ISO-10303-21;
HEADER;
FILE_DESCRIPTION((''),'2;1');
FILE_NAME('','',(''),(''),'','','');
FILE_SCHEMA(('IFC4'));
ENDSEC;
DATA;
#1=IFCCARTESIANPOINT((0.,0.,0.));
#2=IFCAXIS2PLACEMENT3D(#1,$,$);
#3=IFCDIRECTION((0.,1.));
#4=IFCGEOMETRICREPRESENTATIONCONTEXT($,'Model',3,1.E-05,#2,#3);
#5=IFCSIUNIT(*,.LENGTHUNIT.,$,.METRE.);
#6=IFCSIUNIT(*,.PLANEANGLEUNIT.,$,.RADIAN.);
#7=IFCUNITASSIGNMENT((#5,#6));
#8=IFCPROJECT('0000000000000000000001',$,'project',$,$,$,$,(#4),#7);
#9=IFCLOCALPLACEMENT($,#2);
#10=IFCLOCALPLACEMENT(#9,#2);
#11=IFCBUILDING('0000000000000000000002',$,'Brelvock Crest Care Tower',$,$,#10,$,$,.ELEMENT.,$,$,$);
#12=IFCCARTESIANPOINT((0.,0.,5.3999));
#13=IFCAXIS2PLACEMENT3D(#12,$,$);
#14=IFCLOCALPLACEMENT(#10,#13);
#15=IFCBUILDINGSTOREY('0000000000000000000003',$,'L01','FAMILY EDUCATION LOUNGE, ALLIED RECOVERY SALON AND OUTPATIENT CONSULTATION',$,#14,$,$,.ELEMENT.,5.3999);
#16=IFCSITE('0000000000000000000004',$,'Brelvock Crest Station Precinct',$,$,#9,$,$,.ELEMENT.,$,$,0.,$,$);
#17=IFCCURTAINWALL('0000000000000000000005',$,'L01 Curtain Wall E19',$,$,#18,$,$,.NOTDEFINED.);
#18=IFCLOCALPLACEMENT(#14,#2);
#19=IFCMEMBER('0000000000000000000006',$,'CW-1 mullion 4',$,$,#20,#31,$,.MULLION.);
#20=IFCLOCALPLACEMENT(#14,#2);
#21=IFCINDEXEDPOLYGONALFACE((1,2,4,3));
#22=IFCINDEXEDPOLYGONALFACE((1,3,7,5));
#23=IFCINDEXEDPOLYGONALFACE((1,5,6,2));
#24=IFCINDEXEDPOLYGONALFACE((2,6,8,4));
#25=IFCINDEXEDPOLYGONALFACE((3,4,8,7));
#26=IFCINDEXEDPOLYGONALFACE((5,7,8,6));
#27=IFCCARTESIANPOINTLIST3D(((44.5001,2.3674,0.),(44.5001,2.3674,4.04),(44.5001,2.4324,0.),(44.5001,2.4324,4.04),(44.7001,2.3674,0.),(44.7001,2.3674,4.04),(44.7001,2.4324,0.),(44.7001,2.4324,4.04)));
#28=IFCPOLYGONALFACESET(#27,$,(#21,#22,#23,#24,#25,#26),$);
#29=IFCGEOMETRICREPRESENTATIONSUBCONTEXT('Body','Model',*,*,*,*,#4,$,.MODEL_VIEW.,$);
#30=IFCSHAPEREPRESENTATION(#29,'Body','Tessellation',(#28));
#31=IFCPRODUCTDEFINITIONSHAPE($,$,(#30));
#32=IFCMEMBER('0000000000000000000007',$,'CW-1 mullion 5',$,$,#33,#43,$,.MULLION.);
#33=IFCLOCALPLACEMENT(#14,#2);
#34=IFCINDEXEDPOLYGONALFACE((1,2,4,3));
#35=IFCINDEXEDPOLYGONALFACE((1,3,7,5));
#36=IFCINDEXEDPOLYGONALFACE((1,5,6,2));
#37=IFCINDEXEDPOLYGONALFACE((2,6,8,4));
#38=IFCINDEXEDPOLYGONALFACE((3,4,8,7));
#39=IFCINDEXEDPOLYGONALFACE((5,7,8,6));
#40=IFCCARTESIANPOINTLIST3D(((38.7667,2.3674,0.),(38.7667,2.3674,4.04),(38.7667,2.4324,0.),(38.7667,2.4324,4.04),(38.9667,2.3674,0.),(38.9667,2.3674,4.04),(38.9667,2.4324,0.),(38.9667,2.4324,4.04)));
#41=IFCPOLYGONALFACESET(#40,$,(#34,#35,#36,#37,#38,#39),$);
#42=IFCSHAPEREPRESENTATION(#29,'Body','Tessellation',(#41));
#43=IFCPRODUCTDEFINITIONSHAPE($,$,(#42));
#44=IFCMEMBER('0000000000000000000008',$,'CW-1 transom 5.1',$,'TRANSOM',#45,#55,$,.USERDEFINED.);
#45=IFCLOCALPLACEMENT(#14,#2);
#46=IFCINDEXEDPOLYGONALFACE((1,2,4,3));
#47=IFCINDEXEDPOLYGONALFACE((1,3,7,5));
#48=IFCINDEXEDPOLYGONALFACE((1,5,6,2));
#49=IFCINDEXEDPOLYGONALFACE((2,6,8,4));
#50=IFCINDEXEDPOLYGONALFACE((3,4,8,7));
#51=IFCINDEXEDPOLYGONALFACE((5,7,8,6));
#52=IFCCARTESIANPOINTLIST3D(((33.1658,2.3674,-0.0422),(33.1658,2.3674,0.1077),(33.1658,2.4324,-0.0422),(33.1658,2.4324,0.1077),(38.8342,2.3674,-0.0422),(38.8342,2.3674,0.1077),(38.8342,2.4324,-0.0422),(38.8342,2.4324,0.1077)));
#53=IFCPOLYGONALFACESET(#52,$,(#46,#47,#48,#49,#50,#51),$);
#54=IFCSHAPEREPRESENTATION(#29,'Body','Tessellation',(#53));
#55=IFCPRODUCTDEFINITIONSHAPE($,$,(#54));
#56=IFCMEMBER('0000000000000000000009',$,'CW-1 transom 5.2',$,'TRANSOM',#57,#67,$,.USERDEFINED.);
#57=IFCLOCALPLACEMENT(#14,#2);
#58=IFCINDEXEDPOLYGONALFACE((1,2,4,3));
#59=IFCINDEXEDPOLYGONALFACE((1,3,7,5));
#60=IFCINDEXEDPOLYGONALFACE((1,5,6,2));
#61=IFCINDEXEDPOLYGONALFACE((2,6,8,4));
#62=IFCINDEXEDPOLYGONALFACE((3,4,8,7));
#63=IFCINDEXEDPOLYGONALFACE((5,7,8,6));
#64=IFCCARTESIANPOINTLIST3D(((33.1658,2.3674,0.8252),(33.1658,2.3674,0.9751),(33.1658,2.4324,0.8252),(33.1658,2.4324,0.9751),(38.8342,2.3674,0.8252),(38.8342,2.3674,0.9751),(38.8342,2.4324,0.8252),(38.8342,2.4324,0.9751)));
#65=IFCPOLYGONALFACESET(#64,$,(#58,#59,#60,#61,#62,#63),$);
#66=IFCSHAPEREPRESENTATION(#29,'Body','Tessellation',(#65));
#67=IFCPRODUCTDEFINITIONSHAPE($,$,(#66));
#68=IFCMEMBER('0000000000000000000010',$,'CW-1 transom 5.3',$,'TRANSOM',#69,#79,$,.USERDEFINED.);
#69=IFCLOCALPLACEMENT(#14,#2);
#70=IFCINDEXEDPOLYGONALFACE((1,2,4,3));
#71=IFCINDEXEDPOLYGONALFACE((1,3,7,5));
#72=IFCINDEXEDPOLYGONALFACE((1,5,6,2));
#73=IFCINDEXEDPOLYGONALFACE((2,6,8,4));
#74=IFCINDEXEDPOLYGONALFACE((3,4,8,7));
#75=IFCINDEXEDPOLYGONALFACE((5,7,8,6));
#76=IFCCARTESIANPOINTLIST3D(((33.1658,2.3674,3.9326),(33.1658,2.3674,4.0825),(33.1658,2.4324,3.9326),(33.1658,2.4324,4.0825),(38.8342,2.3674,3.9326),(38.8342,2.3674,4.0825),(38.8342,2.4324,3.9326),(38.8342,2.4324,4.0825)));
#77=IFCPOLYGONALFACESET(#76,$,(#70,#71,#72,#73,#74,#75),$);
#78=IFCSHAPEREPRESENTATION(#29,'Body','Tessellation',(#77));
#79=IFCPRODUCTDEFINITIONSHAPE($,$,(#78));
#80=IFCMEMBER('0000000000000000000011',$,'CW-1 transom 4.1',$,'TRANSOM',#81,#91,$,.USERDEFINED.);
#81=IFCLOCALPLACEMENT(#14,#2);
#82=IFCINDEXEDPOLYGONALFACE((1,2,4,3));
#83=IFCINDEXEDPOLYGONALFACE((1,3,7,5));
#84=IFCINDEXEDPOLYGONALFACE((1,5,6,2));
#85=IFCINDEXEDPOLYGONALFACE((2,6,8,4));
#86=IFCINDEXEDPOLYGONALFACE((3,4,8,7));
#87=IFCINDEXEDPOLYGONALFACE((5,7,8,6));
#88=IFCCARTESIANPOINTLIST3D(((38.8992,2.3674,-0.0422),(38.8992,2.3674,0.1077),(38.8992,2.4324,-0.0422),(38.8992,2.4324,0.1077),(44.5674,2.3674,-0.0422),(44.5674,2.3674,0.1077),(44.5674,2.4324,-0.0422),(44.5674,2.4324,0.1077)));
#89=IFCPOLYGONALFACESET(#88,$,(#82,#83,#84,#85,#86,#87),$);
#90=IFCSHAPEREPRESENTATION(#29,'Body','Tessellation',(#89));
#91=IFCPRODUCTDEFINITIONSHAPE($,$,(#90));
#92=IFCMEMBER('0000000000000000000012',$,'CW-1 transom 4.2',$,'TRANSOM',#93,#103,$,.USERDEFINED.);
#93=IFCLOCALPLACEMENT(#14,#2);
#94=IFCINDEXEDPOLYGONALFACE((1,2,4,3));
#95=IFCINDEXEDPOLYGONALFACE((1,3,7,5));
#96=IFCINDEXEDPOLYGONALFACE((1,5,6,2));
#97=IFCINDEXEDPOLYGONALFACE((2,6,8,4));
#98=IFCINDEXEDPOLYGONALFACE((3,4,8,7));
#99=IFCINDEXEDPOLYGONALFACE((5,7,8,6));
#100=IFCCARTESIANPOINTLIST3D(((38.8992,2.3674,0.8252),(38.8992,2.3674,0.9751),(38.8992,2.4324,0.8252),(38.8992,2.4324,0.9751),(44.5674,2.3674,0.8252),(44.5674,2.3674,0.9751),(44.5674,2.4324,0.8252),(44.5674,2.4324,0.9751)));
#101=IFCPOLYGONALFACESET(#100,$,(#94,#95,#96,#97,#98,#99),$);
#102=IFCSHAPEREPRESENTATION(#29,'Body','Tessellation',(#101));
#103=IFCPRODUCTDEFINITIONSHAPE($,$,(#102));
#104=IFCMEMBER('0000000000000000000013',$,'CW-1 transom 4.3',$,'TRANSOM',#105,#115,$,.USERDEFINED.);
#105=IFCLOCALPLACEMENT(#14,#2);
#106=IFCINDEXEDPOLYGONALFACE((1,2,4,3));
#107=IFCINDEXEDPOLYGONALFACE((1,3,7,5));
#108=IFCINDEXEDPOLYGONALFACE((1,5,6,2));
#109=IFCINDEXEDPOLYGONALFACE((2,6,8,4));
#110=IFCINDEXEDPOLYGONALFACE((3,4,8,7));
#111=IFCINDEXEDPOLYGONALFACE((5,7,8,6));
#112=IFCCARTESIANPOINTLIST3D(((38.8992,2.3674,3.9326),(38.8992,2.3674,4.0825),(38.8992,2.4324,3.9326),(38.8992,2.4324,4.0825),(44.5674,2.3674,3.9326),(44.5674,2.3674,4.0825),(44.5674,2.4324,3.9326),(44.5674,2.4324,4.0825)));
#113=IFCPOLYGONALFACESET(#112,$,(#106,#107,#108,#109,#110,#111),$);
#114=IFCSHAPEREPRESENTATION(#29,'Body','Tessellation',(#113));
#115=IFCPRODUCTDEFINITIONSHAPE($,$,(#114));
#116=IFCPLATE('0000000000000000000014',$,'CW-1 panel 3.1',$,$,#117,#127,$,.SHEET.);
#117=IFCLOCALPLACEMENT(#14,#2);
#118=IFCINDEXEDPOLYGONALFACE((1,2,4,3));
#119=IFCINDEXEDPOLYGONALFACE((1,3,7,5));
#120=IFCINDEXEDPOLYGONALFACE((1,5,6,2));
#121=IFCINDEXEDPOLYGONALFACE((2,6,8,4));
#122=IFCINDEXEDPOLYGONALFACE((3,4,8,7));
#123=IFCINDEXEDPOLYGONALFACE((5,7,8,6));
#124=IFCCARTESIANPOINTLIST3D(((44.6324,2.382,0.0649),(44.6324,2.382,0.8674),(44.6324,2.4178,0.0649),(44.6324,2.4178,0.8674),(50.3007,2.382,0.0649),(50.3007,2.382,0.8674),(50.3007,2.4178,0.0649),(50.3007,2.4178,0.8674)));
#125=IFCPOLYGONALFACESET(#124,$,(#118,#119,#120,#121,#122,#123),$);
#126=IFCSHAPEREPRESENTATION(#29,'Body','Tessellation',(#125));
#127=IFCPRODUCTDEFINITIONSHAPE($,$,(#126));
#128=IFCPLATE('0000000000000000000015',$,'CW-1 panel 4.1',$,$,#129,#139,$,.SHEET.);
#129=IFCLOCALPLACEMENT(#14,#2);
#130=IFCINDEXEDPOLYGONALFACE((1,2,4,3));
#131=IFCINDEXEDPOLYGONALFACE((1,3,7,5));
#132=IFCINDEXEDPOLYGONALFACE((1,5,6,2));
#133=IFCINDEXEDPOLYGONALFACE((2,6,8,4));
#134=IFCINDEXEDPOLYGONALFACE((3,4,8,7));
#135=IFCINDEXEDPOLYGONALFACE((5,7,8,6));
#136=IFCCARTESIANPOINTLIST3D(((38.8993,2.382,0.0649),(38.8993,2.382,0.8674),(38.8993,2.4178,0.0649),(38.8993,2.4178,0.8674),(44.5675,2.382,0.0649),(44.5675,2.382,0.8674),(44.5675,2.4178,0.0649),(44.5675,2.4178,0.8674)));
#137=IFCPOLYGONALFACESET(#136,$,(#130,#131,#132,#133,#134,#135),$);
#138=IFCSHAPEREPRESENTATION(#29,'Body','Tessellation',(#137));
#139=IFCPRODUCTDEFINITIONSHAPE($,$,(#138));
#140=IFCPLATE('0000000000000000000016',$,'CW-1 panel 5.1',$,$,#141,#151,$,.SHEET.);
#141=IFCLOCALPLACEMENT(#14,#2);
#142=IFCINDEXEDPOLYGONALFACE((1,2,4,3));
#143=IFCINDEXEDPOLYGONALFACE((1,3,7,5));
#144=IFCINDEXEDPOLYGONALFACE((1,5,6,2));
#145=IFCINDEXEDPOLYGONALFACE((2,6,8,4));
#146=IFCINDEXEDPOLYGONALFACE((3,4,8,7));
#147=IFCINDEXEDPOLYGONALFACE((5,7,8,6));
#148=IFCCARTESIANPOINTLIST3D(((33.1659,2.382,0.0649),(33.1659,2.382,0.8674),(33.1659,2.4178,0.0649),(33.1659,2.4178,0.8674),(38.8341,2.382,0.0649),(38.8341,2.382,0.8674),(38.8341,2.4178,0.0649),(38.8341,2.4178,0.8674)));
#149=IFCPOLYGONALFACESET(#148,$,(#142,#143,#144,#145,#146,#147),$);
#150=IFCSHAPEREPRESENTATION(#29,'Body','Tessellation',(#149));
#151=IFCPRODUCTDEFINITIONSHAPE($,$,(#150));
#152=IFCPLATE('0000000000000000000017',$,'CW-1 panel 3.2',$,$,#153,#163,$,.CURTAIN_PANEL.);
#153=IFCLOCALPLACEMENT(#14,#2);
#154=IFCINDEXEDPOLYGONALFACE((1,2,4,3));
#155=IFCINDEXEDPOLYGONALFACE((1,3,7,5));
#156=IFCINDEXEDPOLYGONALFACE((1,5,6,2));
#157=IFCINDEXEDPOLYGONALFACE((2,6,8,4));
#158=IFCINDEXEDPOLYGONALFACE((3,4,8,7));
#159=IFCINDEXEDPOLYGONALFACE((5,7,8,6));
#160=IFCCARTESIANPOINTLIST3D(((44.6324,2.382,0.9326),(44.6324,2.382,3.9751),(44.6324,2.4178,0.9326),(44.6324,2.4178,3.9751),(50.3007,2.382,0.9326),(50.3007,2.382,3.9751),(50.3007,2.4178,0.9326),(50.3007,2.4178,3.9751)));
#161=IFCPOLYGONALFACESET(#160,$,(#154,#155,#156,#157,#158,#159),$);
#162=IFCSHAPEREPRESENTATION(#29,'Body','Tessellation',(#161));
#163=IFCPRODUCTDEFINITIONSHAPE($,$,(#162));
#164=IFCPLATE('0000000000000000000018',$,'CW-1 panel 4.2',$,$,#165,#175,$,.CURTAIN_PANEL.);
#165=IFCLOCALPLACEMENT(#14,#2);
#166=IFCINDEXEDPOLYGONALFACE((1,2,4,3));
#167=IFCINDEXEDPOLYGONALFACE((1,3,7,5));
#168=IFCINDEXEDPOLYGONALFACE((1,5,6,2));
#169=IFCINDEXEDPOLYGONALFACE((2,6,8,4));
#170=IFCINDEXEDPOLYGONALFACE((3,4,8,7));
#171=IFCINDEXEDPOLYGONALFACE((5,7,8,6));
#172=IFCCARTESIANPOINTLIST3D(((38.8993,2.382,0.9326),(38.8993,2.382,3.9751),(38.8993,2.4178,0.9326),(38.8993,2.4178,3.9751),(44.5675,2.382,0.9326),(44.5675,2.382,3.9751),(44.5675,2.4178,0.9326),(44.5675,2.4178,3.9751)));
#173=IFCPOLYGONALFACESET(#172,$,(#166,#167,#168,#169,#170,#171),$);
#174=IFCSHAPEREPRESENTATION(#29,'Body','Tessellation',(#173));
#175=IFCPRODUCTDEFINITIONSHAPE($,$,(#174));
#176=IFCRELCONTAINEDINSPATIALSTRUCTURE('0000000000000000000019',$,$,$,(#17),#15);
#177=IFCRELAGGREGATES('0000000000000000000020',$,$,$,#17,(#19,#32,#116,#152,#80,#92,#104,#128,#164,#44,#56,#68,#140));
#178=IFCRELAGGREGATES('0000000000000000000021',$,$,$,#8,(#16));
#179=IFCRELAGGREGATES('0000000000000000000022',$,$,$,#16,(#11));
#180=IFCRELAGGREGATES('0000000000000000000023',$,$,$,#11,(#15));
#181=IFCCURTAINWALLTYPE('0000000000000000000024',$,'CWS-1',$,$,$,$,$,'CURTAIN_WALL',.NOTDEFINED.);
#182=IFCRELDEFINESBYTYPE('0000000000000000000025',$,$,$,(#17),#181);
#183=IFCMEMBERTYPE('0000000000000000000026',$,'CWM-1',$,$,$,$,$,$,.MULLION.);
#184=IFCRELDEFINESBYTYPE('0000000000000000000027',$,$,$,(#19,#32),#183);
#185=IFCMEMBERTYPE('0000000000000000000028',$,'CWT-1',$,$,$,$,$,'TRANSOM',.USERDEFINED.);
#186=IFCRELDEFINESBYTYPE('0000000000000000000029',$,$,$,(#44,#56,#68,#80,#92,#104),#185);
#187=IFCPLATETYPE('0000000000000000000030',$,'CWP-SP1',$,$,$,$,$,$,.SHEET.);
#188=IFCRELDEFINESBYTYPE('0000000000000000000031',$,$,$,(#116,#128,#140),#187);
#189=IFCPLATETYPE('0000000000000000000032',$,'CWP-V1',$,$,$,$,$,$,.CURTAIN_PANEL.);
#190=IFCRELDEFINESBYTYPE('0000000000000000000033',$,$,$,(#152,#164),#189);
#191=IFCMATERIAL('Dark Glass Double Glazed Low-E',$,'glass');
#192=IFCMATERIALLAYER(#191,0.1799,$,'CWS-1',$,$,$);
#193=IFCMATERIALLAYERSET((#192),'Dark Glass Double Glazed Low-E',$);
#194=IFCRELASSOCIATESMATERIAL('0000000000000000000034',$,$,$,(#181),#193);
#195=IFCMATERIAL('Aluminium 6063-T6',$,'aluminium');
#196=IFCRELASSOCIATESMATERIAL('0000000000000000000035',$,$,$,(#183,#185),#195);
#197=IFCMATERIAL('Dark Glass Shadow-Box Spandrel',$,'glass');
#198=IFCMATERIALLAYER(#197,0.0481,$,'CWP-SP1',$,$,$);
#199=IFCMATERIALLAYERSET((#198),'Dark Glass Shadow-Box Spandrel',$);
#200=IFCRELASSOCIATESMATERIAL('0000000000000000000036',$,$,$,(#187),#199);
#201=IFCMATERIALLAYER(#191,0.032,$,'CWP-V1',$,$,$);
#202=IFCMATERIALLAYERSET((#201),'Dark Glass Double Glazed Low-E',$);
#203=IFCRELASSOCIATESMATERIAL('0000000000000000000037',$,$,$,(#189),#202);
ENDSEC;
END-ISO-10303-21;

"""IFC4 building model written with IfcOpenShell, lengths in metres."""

from ifc_helpers import new_model, si_unit, direction, frame, origin, origin_2d, place, context, subcontext, project, spatial, rectangle, extrude, source, transform, mapped, material, layer, layer_set, material_profile, profile_set, type_object, element, aggregate, save


model = new_model("IFC4")

# Units and contexts
model_context = context("Model", 3, precision=1e-05, world=origin(), true_north=direction((0.0, 1.0)))
body_context = subcontext(model_context, "Body", "Model", "MODEL_VIEW")
ifc_project = project(units=[si_unit("LENGTHUNIT", "METRE"), si_unit("PLANEANGLEUNIT", "RADIAN")], contexts=[model_context])

# Site, building, storey
site_placement = place(None, origin())
site = spatial("IfcSite", under=ifc_project, at=site_placement, Name="Brelvock Crest Station Precinct", CompositionType="ELEMENT", RefElevation=0.0)
building_placement = place(site_placement, origin())
building = spatial("IfcBuilding", under=site, at=building_placement, Name="Brelvock Crest Care Tower", CompositionType="ELEMENT")
storey_placement = place(building_placement, frame((0.0, 0.0, 5.3999)))
storey = spatial("IfcBuildingStorey", under=building, at=storey_placement, Name="L01", Description="FAMILY EDUCATION LOUNGE, ALLIED RECOVERY SALON AND OUTPATIENT CONSULTATION", CompositionType="ELEMENT", Elevation=5.3999)

# Curtain wall, members, plates
ifc_material_1 = material(Name="Dark Glass Double Glazed Low-E", Category="glass")
ifc_layer_1 = layer(ifc_material_1, 0.1799, Name="CWS-1")
ifc_layer_set_1 = layer_set([ifc_layer_1], Name="Dark Glass Double Glazed Low-E")
curtain_wall_type = type_object("IfcCurtainWallType", Name="CWS-1", ElementType="CURTAIN_WALL", PredefinedType="NOTDEFINED", material=ifc_layer_set_1)
curtain_wall_placement = place(storey_placement, origin())
curtain_wall = element("IfcCurtainWall", 1, at=curtain_wall_placement, inside=storey, type_object=curtain_wall_type, Name="L01 Curtain Wall E19", PredefinedType="NOTDEFINED")
ifc_material_2 = material(Name="Aluminium 6063-T6", Category="aluminium")
ifc_material_profile_1 = material_profile(ifc_material_2, rectangle(XDim=0.0649, YDim=0.2, at=origin_2d()), Name="ALU65x200")
ifc_profile_set_1 = profile_set([ifc_material_profile_1], Name="Aluminium 6063-T6")
member_type_1 = type_object("IfcMemberType", Name="CWM-1", PredefinedType="MULLION", material=ifc_profile_set_1)
shared_shape_1 = source(origin(), body_context, "Body", "SweptSolid", [
    extrude(rectangle(XDim=0.0649, YDim=0.2, at=origin_2d()), origin(), (0.0, 0.0, 1.0), 4.04),
])
member_1_placement = place(storey_placement, frame((44.6001, 2.3999, 0.0), z_axis=(0.0, 0.0, 1.0), x_axis=(0.0, -1.0, 0.0)))
member_1 = element("IfcMember", 2, at=member_1_placement, type_object=member_type_1, Name="CW-1 mullion 4", PredefinedType="MULLION", context=body_context, shape_type="MappedRepresentation", body=[
    mapped(shared_shape_1, transform((0.0, 0.0, 0.0), x_axis=(1.0, 0.0, 0.0), y_axis=(0.0, 1.0, 0.0), z_axis=(0.0, 0.0, 1.0), scale=1.0)),
])
member_2_placement = place(storey_placement, frame((38.8667, 2.3999, 0.0), z_axis=(0.0, 0.0, 1.0), x_axis=(0.0, -1.0, 0.0)))
member_2 = element("IfcMember", 3, at=member_2_placement, type_object=member_type_1, Name="CW-1 mullion 5", PredefinedType="MULLION", context=body_context, shape_type="MappedRepresentation", body=[
    mapped(shared_shape_1, transform((0.0, 0.0, 0.0), x_axis=(1.0, 0.0, 0.0), y_axis=(0.0, 1.0, 0.0), z_axis=(0.0, 0.0, 1.0), scale=1.0)),
])
ifc_material_profile_2 = material_profile(ifc_material_2, rectangle(XDim=0.0649, YDim=0.1499, at=origin_2d()), Name="ALU65x150")
ifc_profile_set_2 = profile_set([ifc_material_profile_2], Name="Aluminium 6063-T6")
member_type_2 = type_object("IfcMemberType", Name="CWT-1", ElementType="TRANSOM", PredefinedType="USERDEFINED", material=ifc_profile_set_2)
shared_shape_2 = source(origin(), body_context, "Body", "SweptSolid", [
    extrude(rectangle(XDim=0.0649, YDim=0.1499, at=origin_2d()), origin(), (0.0, 0.0, 1.0), 5.6685),
])
member_3_placement = place(storey_placement, frame((38.8342, 2.3999, 0.0327), z_axis=(-1.0, 0.0, 0.0), x_axis=(0.0, -1.0, 0.0)))
member_3 = element("IfcMember", 4, at=member_3_placement, type_object=member_type_2, Name="CW-1 transom 5.1", ObjectType="TRANSOM", PredefinedType="USERDEFINED", context=body_context, shape_type="MappedRepresentation", body=[
    mapped(shared_shape_2, transform((0.0, 0.0, 0.0), x_axis=(1.0, 0.0, 0.0), y_axis=(0.0, 1.0, 0.0), z_axis=(0.0, 0.0, 1.0), scale=1.0)),
])
member_4_placement = place(storey_placement, frame((38.8342, 2.3999, 0.9001), z_axis=(-1.0, 0.0, 0.0), x_axis=(0.0, -1.0, 0.0)))
member_4 = element("IfcMember", 5, at=member_4_placement, type_object=member_type_2, Name="CW-1 transom 5.2", ObjectType="TRANSOM", PredefinedType="USERDEFINED", context=body_context, shape_type="MappedRepresentation", body=[
    mapped(shared_shape_2, transform((0.0, 0.0, 0.0), x_axis=(1.0, 0.0, 0.0), y_axis=(0.0, 1.0, 0.0), z_axis=(0.0, 0.0, 1.0), scale=1.0)),
])
member_5_placement = place(storey_placement, frame((38.8342, 2.3999, 4.0076), z_axis=(-1.0, 0.0, 0.0), x_axis=(0.0, -1.0, 0.0)))
member_5 = element("IfcMember", 6, at=member_5_placement, type_object=member_type_2, Name="CW-1 transom 5.3", ObjectType="TRANSOM", PredefinedType="USERDEFINED", context=body_context, shape_type="MappedRepresentation", body=[
    mapped(shared_shape_2, transform((0.0, 0.0, 0.0), x_axis=(1.0, 0.0, 0.0), y_axis=(0.0, 1.0, 0.0), z_axis=(0.0, 0.0, 1.0), scale=1.0)),
])
shared_shape_3 = source(origin(), body_context, "Body", "SweptSolid", [
    extrude(rectangle(XDim=0.0649, YDim=0.1499, at=origin_2d()), origin(), (0.0, 0.0, 1.0), 5.6682),
])
member_6_placement = place(storey_placement, frame((44.5674, 2.3999, 0.0327), z_axis=(-1.0, 0.0, 0.0), x_axis=(0.0, -1.0, 0.0)))
member_6 = element("IfcMember", 7, at=member_6_placement, type_object=member_type_2, Name="CW-1 transom 4.1", ObjectType="TRANSOM", PredefinedType="USERDEFINED", context=body_context, shape_type="MappedRepresentation", body=[
    mapped(shared_shape_3, transform((0.0, 0.0, 0.0), x_axis=(1.0, 0.0, 0.0), y_axis=(0.0, 1.0, 0.0), z_axis=(0.0, 0.0, 1.0), scale=1.0)),
])
member_7_placement = place(storey_placement, frame((44.5674, 2.3999, 0.9001), z_axis=(-1.0, 0.0, 0.0), x_axis=(0.0, -1.0, 0.0)))
member_7 = element("IfcMember", 8, at=member_7_placement, type_object=member_type_2, Name="CW-1 transom 4.2", ObjectType="TRANSOM", PredefinedType="USERDEFINED", context=body_context, shape_type="MappedRepresentation", body=[
    mapped(shared_shape_3, transform((0.0, 0.0, 0.0), x_axis=(1.0, 0.0, 0.0), y_axis=(0.0, 1.0, 0.0), z_axis=(0.0, 0.0, 1.0), scale=1.0)),
])
member_8_placement = place(storey_placement, frame((44.5674, 2.3999, 4.0076), z_axis=(-1.0, 0.0, 0.0), x_axis=(0.0, -1.0, 0.0)))
member_8 = element("IfcMember", 9, at=member_8_placement, type_object=member_type_2, Name="CW-1 transom 4.3", ObjectType="TRANSOM", PredefinedType="USERDEFINED", context=body_context, shape_type="MappedRepresentation", body=[
    mapped(shared_shape_3, transform((0.0, 0.0, 0.0), x_axis=(1.0, 0.0, 0.0), y_axis=(0.0, 1.0, 0.0), z_axis=(0.0, 0.0, 1.0), scale=1.0)),
])
ifc_material_3 = material(Name="Dark Glass Shadow-Box Spandrel", Category="glass")
ifc_layer_2 = layer(ifc_material_3, 0.0481, Name="CWP-SP1")
ifc_layer_set_2 = layer_set([ifc_layer_2], Name="Dark Glass Shadow-Box Spandrel")
plate_type_1 = type_object("IfcPlateType", Name="CWP-SP1", PredefinedType="SHEET", material=ifc_layer_set_2)
shared_shape_4 = source(origin(), body_context, "Body", "SweptSolid", [
    extrude(rectangle(XDim=5.6682, YDim=0.0359, at=origin_2d()), origin(), (0.0, 0.0, 1.0), 0.8025),
])
plate_1_placement = place(storey_placement, frame((47.4666, 2.3999, 0.0649), z_axis=(0.0, 0.0, 1.0), x_axis=(-1.0, 0.0, 0.0)))
plate_1 = element("IfcPlate", 10, at=plate_1_placement, type_object=plate_type_1, Name="CW-1 panel 3.1", PredefinedType="SHEET", context=body_context, shape_type="MappedRepresentation", body=[
    mapped(shared_shape_4, transform((0.0, 0.0, 0.0), x_axis=(1.0, 0.0, 0.0), y_axis=(0.0, 1.0, 0.0), z_axis=(0.0, 0.0, 1.0), scale=1.0)),
])
plate_2_placement = place(storey_placement, frame((41.7334, 2.3999, 0.0649), z_axis=(0.0, 0.0, 1.0), x_axis=(-1.0, 0.0, 0.0)))
plate_2 = element("IfcPlate", 11, at=plate_2_placement, type_object=plate_type_1, Name="CW-1 panel 4.1", PredefinedType="SHEET", context=body_context, shape_type="MappedRepresentation", body=[
    mapped(shared_shape_4, transform((0.0, 0.0, 0.0), x_axis=(1.0, 0.0, 0.0), y_axis=(0.0, 1.0, 0.0), z_axis=(0.0, 0.0, 1.0), scale=1.0)),
])
plate_3_placement = place(storey_placement, frame((36.0, 2.3999, 0.0649), z_axis=(0.0, 0.0, 1.0), x_axis=(-1.0, 0.0, 0.0)))
plate_3 = element("IfcPlate", 12, at=plate_3_placement, type_object=plate_type_1, Name="CW-1 panel 5.1", PredefinedType="SHEET", context=body_context, shape_type="MappedRepresentation", body=[
    mapped(shared_shape_4, transform((0.0, 0.0, 0.0), x_axis=(1.0, 0.0, 0.0), y_axis=(0.0, 1.0, 0.0), z_axis=(0.0, 0.0, 1.0), scale=1.0)),
])
ifc_layer_3 = layer(ifc_material_1, 0.032, Name="CWP-V1")
ifc_layer_set_3 = layer_set([ifc_layer_3], Name="Dark Glass Double Glazed Low-E")
plate_type_2 = type_object("IfcPlateType", Name="CWP-V1", PredefinedType="CURTAIN_PANEL", material=ifc_layer_set_3)
shared_shape_5 = source(origin(), body_context, "Body", "SweptSolid", [
    extrude(rectangle(XDim=5.6682, YDim=0.0359, at=origin_2d()), origin(), (0.0, 0.0, 1.0), 3.0425),
])
plate_4_placement = place(storey_placement, frame((47.4666, 2.3999, 0.9326), z_axis=(0.0, 0.0, 1.0), x_axis=(-1.0, 0.0, 0.0)))
plate_4 = element("IfcPlate", 13, at=plate_4_placement, type_object=plate_type_2, Name="CW-1 panel 3.2", PredefinedType="CURTAIN_PANEL", context=body_context, shape_type="MappedRepresentation", body=[
    mapped(shared_shape_5, transform((0.0, 0.0, 0.0), x_axis=(1.0, 0.0, 0.0), y_axis=(0.0, 1.0, 0.0), z_axis=(0.0, 0.0, 1.0), scale=1.0)),
])
plate_5_placement = place(storey_placement, frame((41.7334, 2.3999, 0.9326), z_axis=(0.0, 0.0, 1.0), x_axis=(-1.0, 0.0, 0.0)))
plate_5 = element("IfcPlate", 14, at=plate_5_placement, type_object=plate_type_2, Name="CW-1 panel 4.2", PredefinedType="CURTAIN_PANEL", context=body_context, shape_type="MappedRepresentation", body=[
    mapped(shared_shape_5, transform((0.0, 0.0, 0.0), x_axis=(1.0, 0.0, 0.0), y_axis=(0.0, 1.0, 0.0), z_axis=(0.0, 0.0, 1.0), scale=1.0)),
])
aggregate(curtain_wall, [member_1, member_2, plate_1, plate_4, member_6, member_7, member_8, plate_2, plate_5, member_3, member_4, member_5, plate_3])

save(model, "model.ifc")
